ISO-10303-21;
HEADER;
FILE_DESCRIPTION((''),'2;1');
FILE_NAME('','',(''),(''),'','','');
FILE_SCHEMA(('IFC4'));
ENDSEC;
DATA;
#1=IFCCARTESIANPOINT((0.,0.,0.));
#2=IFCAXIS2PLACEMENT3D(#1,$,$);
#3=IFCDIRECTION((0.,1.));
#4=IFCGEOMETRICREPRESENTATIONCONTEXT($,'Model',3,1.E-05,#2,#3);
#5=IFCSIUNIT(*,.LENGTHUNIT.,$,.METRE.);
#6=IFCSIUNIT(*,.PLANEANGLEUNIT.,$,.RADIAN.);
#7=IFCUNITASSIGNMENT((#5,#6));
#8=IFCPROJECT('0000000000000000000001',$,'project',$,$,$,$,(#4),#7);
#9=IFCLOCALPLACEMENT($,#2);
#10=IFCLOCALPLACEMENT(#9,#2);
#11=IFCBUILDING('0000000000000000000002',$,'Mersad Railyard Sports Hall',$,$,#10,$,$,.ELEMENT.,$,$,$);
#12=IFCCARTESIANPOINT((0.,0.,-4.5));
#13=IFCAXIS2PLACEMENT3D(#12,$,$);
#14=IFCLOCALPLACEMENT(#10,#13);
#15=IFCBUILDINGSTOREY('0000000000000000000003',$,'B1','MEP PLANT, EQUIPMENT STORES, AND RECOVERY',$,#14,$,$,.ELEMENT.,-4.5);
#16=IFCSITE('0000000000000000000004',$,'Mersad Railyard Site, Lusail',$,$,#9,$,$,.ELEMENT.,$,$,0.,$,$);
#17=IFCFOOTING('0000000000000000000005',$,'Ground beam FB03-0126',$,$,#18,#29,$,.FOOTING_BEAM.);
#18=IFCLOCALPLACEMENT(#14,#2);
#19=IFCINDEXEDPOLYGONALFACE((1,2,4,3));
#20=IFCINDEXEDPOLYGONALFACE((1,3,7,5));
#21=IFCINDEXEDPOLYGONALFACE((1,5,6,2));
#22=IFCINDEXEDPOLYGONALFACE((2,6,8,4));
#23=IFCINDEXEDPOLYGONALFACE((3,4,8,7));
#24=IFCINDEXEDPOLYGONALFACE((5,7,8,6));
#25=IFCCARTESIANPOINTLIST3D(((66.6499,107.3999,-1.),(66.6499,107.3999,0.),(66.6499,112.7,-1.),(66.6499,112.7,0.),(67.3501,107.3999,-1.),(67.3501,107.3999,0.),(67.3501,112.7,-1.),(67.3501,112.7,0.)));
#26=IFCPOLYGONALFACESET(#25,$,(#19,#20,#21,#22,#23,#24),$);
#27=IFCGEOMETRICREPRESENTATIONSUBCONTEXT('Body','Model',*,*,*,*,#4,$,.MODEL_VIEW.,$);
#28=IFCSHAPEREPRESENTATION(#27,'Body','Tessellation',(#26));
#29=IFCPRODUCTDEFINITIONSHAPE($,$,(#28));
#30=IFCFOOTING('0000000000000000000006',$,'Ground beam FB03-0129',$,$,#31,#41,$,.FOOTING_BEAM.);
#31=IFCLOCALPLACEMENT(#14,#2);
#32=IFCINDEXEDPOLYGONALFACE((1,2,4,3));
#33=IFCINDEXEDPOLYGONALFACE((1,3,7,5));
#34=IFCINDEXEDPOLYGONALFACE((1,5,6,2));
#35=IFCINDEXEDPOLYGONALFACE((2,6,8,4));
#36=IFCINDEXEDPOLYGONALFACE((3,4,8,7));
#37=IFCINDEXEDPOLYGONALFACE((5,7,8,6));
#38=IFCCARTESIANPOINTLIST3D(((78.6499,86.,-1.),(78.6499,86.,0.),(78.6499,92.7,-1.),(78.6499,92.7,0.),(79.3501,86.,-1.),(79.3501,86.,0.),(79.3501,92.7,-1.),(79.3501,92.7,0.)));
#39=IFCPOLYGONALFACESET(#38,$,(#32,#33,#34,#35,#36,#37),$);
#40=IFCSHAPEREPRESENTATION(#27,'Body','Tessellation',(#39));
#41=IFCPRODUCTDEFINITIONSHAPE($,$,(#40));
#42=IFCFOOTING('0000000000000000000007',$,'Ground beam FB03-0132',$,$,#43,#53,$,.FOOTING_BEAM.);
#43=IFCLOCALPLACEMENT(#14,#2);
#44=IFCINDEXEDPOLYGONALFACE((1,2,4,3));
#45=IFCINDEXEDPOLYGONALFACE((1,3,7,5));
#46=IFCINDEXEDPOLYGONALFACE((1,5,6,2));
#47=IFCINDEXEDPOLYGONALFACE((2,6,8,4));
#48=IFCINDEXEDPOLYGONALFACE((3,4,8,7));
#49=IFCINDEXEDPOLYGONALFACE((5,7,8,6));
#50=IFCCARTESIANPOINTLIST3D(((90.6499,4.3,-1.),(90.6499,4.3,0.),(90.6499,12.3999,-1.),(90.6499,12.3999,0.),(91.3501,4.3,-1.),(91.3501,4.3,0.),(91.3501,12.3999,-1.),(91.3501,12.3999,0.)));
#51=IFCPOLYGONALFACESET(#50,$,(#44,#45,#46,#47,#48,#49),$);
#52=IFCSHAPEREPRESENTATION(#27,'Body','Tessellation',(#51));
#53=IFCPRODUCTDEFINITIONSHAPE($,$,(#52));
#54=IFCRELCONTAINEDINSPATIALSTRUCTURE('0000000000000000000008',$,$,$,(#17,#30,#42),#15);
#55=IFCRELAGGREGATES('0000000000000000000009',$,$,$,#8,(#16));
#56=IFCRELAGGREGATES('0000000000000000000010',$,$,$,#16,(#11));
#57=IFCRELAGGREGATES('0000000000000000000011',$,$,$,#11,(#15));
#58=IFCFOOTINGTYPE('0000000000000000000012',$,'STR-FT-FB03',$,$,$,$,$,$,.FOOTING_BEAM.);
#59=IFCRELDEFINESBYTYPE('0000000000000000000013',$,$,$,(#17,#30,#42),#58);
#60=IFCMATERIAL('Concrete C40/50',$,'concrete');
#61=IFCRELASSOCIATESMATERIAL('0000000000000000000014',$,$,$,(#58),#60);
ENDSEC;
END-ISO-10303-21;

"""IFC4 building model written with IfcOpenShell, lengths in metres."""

from ifc_helpers import new_model, si_unit, direction, frame, origin, place, context, subcontext, project, spatial, polyline, outline, extrude, material, type_object, element, save


model = new_model("IFC4")

# Units and contexts
model_context = context("Model", 3, precision=1e-05, world=origin(), true_north=direction((0.0, 1.0)))
body_context = subcontext(model_context, "Body", "Model", "MODEL_VIEW")
ifc_project = project(units=[si_unit("LENGTHUNIT", "METRE"), si_unit("PLANEANGLEUNIT", "RADIAN")], contexts=[model_context])

# Site, building, storey
site_placement = place(None, origin())
site = spatial("IfcSite", under=ifc_project, at=site_placement, Name="Mersad Railyard Site, Lusail", CompositionType="ELEMENT", RefElevation=0.0)
building_placement = place(site_placement, origin())
building = spatial("IfcBuilding", under=site, at=building_placement, Name="Mersad Railyard Sports Hall", CompositionType="ELEMENT")
storey_placement = place(building_placement, frame((0.0, 0.0, -4.5)))
storey = spatial("IfcBuildingStorey", under=building, at=storey_placement, Name="B1", Description="MEP PLANT, EQUIPMENT STORES, AND RECOVERY", CompositionType="ELEMENT", Elevation=-4.5)

# Footings
ifc_material = material(Name="Concrete C40/50", Category="concrete")
footing_type_1 = type_object("IfcFootingType", Name="STR-FT-FB03", PredefinedType="FOOTING_BEAM", material=ifc_material)
footing_1_placement = place(storey_placement, frame((0.0, 0.0, -1.0)))
element("IfcFooting", 1, at=footing_1_placement, inside=storey, type_object=footing_type_1, Name="Ground beam FB03-0126", PredefinedType="FOOTING_BEAM", context=body_context, shape_type="SweptSolid", body=[
    extrude(outline(polyline([(66.6499, 107.3999), (67.3501, 107.3999), (67.3501, 112.7), (66.6499, 112.7), (66.6499, 107.3999)])), origin(), (0.0, 0.0, 1.0), 1.0),
])
footing_2_placement = place(storey_placement, frame((0.0, 0.0, -1.0)))
element("IfcFooting", 2, at=footing_2_placement, inside=storey, type_object=footing_type_1, Name="Ground beam FB03-0129", PredefinedType="FOOTING_BEAM", context=body_context, shape_type="SweptSolid", body=[
    extrude(outline(polyline([(78.6499, 86.0), (79.3501, 86.0), (79.3501, 92.7), (78.6499, 92.7), (78.6499, 86.0)])), origin(), (0.0, 0.0, 1.0), 1.0),
])
footing_3_placement = place(storey_placement, frame((0.0, 0.0, -1.0)))
element("IfcFooting", 3, at=footing_3_placement, inside=storey, type_object=footing_type_1, Name="Ground beam FB03-0132", PredefinedType="FOOTING_BEAM", context=body_context, shape_type="SweptSolid", body=[
    extrude(outline(polyline([(90.6499, 4.3), (91.3501, 4.3), (91.3501, 12.3999), (90.6499, 12.3999), (90.6499, 4.3)])), origin(), (0.0, 0.0, 1.0), 1.0),
])

save(model, "model.ifc")
